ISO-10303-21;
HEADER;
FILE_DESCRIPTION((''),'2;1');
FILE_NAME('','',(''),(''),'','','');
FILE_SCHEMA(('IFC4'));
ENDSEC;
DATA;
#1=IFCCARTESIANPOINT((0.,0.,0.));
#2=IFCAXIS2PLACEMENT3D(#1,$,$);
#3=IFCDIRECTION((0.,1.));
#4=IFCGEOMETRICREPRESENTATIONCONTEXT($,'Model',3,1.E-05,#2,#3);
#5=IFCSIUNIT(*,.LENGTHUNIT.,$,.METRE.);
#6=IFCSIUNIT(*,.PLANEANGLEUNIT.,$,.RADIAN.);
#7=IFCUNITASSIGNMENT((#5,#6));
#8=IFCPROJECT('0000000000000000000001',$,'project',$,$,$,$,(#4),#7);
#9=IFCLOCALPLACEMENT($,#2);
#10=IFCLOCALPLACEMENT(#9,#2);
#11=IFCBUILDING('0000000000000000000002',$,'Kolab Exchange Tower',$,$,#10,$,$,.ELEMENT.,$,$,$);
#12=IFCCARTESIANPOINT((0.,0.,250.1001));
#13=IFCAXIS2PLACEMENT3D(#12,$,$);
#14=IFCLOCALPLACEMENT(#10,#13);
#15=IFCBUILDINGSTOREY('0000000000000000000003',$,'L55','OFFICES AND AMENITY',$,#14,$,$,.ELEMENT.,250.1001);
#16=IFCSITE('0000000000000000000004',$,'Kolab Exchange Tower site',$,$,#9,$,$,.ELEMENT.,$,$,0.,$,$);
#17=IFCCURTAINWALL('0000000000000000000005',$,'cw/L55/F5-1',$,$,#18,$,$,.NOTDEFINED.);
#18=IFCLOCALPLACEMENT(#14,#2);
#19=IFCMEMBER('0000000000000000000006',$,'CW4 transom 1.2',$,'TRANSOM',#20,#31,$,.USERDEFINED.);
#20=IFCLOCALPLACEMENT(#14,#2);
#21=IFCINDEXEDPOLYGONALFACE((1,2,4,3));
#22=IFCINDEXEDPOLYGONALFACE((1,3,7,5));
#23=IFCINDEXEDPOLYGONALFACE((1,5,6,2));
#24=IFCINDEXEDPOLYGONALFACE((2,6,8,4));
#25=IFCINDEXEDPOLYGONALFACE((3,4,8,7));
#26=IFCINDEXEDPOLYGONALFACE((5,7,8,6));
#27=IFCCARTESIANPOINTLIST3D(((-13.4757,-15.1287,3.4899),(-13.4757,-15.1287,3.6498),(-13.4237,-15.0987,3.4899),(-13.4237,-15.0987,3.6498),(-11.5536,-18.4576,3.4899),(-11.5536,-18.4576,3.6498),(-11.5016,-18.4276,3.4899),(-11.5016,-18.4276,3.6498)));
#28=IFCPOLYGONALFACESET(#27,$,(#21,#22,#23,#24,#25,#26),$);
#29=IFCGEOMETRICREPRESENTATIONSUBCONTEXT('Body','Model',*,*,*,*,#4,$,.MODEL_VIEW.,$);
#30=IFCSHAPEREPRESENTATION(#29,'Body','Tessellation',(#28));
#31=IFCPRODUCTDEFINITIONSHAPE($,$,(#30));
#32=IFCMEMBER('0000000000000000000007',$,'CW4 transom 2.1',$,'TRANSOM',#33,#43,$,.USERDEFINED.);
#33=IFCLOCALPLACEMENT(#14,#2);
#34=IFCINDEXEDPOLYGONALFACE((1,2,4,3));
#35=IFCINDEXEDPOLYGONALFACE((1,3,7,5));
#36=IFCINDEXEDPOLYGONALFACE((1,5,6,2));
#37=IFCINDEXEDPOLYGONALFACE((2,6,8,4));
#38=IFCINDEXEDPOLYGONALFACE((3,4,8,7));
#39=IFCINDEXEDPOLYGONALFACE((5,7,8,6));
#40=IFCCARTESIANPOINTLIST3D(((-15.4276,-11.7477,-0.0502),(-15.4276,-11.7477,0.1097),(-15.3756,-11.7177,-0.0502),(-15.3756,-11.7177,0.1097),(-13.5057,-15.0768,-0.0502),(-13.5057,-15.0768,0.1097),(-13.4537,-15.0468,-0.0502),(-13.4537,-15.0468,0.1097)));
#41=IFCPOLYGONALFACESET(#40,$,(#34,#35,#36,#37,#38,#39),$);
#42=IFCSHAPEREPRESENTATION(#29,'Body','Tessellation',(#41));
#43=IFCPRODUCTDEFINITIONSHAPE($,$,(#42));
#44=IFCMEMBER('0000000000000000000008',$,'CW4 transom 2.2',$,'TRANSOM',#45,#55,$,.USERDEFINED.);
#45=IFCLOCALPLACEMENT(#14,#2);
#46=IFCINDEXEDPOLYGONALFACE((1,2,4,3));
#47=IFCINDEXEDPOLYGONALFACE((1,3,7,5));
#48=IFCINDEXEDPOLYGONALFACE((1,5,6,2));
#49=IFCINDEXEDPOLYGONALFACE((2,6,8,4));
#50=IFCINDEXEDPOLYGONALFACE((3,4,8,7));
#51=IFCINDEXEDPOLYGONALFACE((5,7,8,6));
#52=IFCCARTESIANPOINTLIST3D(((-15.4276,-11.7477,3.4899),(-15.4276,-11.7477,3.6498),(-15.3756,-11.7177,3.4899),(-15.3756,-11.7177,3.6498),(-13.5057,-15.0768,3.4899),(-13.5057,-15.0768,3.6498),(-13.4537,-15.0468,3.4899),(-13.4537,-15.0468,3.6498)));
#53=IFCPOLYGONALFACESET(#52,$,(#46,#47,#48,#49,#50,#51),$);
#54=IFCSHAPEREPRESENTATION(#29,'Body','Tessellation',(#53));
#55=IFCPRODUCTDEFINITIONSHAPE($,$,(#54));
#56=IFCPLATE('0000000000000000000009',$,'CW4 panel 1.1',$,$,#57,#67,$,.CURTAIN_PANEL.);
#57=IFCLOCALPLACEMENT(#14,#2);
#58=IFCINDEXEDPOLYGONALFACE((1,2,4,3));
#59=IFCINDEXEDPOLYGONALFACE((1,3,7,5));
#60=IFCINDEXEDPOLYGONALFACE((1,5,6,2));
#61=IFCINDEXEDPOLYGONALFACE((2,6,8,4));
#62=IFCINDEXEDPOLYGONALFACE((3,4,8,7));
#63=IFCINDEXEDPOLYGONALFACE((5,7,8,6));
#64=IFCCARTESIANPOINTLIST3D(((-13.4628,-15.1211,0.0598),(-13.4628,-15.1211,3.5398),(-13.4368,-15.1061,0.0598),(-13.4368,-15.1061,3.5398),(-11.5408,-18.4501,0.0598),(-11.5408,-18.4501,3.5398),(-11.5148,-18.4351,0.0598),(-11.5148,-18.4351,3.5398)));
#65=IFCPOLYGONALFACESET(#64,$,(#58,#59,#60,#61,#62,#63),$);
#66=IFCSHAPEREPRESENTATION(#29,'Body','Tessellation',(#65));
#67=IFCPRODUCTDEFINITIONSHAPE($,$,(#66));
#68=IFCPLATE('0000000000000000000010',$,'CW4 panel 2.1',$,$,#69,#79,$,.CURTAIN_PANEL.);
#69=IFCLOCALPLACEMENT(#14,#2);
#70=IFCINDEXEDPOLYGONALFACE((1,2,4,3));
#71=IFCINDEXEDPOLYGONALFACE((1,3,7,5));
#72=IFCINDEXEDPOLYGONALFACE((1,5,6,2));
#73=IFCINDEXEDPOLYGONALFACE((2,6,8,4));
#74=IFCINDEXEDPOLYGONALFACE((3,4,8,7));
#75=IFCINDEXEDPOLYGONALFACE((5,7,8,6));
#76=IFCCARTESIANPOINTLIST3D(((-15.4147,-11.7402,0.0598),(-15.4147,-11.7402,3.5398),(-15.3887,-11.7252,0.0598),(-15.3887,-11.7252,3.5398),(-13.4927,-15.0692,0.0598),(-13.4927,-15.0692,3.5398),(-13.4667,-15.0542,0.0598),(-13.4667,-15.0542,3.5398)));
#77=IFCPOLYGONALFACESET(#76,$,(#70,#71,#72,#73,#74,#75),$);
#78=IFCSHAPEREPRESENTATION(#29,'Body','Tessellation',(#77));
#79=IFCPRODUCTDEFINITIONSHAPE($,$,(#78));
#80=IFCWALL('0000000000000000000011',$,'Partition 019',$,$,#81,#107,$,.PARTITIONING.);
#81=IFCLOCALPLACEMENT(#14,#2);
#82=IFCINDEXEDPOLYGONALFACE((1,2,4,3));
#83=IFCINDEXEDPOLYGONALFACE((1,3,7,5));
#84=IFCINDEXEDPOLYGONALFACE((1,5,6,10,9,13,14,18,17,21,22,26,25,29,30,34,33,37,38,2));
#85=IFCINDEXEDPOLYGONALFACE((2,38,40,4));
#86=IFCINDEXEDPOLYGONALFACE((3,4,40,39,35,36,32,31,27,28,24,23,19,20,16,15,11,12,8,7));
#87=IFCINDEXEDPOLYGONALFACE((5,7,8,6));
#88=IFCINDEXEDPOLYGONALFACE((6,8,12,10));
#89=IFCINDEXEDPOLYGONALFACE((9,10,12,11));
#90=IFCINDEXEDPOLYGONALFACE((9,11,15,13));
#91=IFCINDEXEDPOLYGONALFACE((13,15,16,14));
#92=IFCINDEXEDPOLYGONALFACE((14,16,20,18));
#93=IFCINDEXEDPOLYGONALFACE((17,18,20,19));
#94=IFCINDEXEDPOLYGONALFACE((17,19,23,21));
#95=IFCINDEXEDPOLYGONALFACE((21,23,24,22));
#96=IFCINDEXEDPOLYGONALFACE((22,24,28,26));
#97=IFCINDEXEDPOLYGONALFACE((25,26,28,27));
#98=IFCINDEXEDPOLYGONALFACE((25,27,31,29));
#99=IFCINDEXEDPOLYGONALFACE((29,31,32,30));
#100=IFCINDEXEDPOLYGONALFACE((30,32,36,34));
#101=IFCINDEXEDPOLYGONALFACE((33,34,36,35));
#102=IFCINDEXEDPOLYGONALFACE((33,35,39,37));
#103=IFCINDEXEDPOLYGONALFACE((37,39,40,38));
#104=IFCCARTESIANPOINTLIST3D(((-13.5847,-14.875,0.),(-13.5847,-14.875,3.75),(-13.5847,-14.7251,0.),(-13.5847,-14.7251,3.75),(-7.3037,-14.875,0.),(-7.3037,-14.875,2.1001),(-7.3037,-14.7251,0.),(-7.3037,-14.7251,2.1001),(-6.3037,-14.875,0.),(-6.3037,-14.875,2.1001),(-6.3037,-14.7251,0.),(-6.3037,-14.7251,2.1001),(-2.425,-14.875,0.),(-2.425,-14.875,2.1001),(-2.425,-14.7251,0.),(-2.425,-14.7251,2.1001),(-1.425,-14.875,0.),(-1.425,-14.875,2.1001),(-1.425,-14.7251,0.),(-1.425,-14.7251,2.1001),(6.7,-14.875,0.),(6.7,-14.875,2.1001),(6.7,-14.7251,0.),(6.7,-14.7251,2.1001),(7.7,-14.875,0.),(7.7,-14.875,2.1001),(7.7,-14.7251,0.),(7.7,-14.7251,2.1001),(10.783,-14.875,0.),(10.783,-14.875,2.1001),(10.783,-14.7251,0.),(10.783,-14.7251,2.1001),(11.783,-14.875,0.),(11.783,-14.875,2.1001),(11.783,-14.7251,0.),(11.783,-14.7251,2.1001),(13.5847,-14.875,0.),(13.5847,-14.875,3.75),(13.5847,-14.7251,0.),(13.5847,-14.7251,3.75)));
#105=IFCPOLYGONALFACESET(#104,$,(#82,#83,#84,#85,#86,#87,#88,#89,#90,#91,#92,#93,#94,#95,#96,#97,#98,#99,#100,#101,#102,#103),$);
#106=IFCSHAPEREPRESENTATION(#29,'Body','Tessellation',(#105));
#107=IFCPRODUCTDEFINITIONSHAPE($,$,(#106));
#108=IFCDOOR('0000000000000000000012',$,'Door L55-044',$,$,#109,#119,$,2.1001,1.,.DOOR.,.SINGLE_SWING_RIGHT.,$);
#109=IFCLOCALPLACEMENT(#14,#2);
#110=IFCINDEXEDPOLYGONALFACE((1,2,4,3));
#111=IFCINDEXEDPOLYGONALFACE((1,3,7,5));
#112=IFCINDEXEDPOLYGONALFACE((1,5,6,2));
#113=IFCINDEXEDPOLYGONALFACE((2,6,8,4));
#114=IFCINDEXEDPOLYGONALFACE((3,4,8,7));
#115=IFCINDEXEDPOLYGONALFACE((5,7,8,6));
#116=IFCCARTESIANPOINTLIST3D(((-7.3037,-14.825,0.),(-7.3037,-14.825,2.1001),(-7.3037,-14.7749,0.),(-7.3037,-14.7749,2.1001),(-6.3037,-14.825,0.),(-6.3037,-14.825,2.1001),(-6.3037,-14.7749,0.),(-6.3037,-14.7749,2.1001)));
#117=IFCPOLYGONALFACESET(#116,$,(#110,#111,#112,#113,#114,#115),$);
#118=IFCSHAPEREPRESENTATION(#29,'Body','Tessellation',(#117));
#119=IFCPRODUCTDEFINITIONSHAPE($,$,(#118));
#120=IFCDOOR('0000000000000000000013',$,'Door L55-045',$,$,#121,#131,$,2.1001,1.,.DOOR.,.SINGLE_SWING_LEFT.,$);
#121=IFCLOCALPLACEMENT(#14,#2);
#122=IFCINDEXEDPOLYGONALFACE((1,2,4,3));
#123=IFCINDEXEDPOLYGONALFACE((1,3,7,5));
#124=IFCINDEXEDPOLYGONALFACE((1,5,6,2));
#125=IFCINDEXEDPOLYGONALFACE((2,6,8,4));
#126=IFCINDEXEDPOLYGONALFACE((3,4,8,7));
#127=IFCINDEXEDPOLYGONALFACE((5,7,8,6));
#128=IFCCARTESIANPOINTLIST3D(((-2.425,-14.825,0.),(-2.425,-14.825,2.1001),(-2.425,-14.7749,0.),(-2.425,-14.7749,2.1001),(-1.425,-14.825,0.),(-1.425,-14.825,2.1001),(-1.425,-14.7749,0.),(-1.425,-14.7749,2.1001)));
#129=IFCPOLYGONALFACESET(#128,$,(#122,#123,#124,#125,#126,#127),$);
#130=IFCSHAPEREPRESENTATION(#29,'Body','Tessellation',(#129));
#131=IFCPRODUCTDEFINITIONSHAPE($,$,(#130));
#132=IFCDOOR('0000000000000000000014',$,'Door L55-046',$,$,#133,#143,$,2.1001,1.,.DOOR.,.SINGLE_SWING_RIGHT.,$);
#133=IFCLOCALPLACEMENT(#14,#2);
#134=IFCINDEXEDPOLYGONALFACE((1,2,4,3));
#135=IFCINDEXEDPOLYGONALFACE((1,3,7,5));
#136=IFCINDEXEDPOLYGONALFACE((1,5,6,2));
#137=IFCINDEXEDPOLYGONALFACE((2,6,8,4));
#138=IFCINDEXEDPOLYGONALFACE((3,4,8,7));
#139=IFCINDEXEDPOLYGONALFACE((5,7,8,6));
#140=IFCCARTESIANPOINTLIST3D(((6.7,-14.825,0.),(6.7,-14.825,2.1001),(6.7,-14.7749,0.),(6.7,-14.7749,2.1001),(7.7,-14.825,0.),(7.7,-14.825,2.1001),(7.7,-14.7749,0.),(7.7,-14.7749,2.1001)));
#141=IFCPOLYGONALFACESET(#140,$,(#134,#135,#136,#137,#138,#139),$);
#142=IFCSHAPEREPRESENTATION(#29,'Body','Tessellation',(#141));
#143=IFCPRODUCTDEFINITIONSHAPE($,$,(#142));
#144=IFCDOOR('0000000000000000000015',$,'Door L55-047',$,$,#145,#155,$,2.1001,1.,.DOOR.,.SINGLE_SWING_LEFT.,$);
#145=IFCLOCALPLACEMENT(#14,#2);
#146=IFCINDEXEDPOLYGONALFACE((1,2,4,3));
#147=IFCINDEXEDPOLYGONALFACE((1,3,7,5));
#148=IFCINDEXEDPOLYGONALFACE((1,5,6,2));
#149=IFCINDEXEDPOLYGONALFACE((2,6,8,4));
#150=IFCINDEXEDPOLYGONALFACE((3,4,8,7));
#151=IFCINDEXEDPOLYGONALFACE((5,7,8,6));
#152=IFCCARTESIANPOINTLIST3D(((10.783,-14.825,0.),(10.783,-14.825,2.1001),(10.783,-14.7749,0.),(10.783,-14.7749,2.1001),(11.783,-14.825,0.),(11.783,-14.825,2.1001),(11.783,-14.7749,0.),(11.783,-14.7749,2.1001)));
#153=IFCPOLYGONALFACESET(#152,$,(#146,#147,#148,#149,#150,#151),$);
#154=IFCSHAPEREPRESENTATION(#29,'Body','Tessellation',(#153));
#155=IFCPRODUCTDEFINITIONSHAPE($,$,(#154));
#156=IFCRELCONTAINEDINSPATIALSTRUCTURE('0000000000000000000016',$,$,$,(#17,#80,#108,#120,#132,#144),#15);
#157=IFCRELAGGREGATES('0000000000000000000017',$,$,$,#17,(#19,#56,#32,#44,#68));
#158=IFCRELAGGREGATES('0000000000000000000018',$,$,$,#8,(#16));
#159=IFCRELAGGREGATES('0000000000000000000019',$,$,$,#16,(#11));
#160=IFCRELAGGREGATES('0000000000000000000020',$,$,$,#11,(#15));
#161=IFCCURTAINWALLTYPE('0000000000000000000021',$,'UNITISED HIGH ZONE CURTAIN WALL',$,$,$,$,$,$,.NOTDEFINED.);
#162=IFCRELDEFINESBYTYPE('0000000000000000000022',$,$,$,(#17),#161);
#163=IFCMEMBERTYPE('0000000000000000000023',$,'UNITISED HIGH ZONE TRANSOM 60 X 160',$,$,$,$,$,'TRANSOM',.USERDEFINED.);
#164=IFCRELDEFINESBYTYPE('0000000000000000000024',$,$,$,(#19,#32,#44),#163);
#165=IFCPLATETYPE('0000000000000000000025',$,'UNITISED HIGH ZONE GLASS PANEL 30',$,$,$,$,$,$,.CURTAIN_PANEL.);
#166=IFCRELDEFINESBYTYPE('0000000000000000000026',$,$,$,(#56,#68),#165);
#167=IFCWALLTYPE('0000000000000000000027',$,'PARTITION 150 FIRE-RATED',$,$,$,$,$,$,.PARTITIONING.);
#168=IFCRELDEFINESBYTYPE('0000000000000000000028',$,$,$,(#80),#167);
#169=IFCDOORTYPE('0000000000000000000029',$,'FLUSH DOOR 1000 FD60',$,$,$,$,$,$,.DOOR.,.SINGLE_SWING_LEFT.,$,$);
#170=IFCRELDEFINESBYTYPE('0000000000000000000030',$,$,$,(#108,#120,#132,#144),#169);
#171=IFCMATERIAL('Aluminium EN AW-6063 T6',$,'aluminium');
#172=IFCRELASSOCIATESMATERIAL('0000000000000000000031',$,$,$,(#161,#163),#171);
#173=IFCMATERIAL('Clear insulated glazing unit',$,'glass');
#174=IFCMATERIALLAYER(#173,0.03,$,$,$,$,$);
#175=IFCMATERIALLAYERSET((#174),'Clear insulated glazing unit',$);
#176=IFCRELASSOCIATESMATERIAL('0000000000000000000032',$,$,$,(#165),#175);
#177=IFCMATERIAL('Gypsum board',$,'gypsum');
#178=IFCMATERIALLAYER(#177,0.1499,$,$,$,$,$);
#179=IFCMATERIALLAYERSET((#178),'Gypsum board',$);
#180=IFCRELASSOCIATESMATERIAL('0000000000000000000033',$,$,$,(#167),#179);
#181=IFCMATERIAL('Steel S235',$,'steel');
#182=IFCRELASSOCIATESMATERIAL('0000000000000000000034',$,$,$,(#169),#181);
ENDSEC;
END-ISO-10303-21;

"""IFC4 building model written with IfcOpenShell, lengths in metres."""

from ifc_helpers import new_model, si_unit, direction, frame, frame_2d, origin, origin_2d, place, context, subcontext, project, spatial, rectangle, extrude, material, layer, layer_set, material_profile, profile_set, type_object, element, fill, aggregate, save


model = new_model("IFC4")

# Units and contexts
model_context = context("Model", 3, precision=1e-05, world=origin(), true_north=direction((0.0, 1.0)))
body_context = subcontext(model_context, "Body", "Model", "MODEL_VIEW")
ifc_project = project(units=[si_unit("LENGTHUNIT", "METRE"), si_unit("PLANEANGLEUNIT", "RADIAN")], contexts=[model_context])

# Site, building, storey
site_placement = place(None, origin())
site = spatial("IfcSite", under=ifc_project, at=site_placement, Name="Kolab Exchange Tower site", CompositionType="ELEMENT", RefElevation=0.0)
building_placement = place(site_placement, origin())
building = spatial("IfcBuilding", under=site, at=building_placement, Name="Kolab Exchange Tower", CompositionType="ELEMENT")
storey_placement = place(building_placement, frame((0.0, 0.0, 250.1001)))
storey = spatial("IfcBuildingStorey", under=building, at=storey_placement, Name="L55", Description="OFFICES AND AMENITY", CompositionType="ELEMENT", Elevation=250.1001)

# Curtain wall
ifc_material_1 = material(Name="Aluminium EN AW-6063 T6", Category="aluminium")
curtain_wall_type = type_object("IfcCurtainWallType", Name="UNITISED HIGH ZONE CURTAIN WALL", PredefinedType="NOTDEFINED", material=ifc_material_1)
curtain_wall_1_placement = place(storey_placement, origin())
curtain_wall_1 = element("IfcCurtainWall", 1, at=curtain_wall_1_placement, inside=storey, type_object=curtain_wall_type, Name="cw/L55/F5-1", PredefinedType="NOTDEFINED")

# Members
ifc_material_profile_1 = material_profile(ifc_material_1, rectangle(XDim=0.0601, YDim=0.1599, at=origin_2d()), Name="RECT 60X160")
ifc_profile_set_1 = profile_set([ifc_material_profile_1], Name="Aluminium EN AW-6063 T6")
member_type_1 = type_object("IfcMemberType", Name="UNITISED HIGH ZONE TRANSOM 60 X 160", ElementType="TRANSOM", PredefinedType="USERDEFINED", material=ifc_profile_set_1)
member_1_placement = place(storey_placement, frame((-11.5276, -18.4426, 3.5698), z_axis=(-0.500039, 0.866003, 0.0), x_axis=(-0.866003, -0.500039, 0.0)))
member_1 = element("IfcMember", 2, at=member_1_placement, type_object=member_type_1, Name="CW4 transom 1.2", ObjectType="TRANSOM", PredefinedType="USERDEFINED", context=body_context, shape_type="SweptSolid", body=[
    extrude(rectangle(XDim=0.0601, YDim=0.1599, at=origin_2d()), origin(), (0.0, 0.0, 1.0), 3.844),
])
member_2_placement = place(storey_placement, frame((-13.4797, -15.0618, 0.0298), z_axis=(-0.499964, 0.866046, 0.0), x_axis=(-0.866046, -0.499964, 0.0)))
member_2 = element("IfcMember", 3, at=member_2_placement, type_object=member_type_1, Name="CW4 transom 2.1", ObjectType="TRANSOM", PredefinedType="USERDEFINED", context=body_context, shape_type="SweptSolid", body=[
    extrude(rectangle(XDim=0.0601, YDim=0.1599, at=origin_2d()), origin(), (0.0, 0.0, 1.0), 3.844),
])
member_3_placement = place(storey_placement, frame((-13.4797, -15.0618, 3.5698), z_axis=(-0.499964, 0.866046, 0.0), x_axis=(-0.866046, -0.499964, 0.0)))
member_3 = element("IfcMember", 4, at=member_3_placement, type_object=member_type_1, Name="CW4 transom 2.2", ObjectType="TRANSOM", PredefinedType="USERDEFINED", context=body_context, shape_type="SweptSolid", body=[
    extrude(rectangle(XDim=0.0601, YDim=0.1599, at=origin_2d()), origin(), (0.0, 0.0, 1.0), 3.844),
])

# Plates
ifc_material_2 = material(Name="Clear insulated glazing unit", Category="glass")
ifc_layer_1 = layer(ifc_material_2, 0.03)
ifc_layer_set_1 = layer_set([ifc_layer_1], Name="Clear insulated glazing unit")
plate_type = type_object("IfcPlateType", Name="UNITISED HIGH ZONE GLASS PANEL 30", PredefinedType="CURTAIN_PANEL", material=ifc_layer_set_1)
plate_1_placement = place(storey_placement, frame((-12.4888, -16.7781, 0.0598), z_axis=(0.0, 0.0, 1.0), x_axis=(-0.5, 0.866025, 0.0)))
plate_1 = element("IfcPlate", 5, at=plate_1_placement, type_object=plate_type, Name="CW4 panel 1.1", PredefinedType="CURTAIN_PANEL", context=body_context, shape_type="SweptSolid", body=[
    extrude(rectangle(XDim=3.844, YDim=0.03, at=origin_2d()), origin(), (0.0, 0.0, 1.0), 3.48),
])
plate_2_placement = place(storey_placement, frame((-14.4407, -13.3972, 0.0598), z_axis=(0.0, 0.0, 1.0), x_axis=(-0.5, 0.866025, 0.0)))
plate_2 = element("IfcPlate", 6, at=plate_2_placement, type_object=plate_type, Name="CW4 panel 2.1", PredefinedType="CURTAIN_PANEL", context=body_context, shape_type="SweptSolid", body=[
    extrude(rectangle(XDim=3.844, YDim=0.03, at=origin_2d()), origin(), (0.0, 0.0, 1.0), 3.48),
])
aggregate(curtain_wall_1, [member_1, plate_1, member_2, member_3, plate_2])

# Wall, openings, doors
ifc_material_3 = material(Name="Gypsum board", Category="gypsum")
ifc_layer_2 = layer(ifc_material_3, 0.1499)
ifc_layer_set_2 = layer_set([ifc_layer_2], Name="Gypsum board")
wall_type_1 = type_object("IfcWallType", Name="PARTITION 150 FIRE-RATED", PredefinedType="PARTITIONING", material=ifc_layer_set_2)
wall_1_placement = place(storey_placement, frame((-13.5847, -14.8, 0.0), z_axis=(0.0, 0.0, 1.0), x_axis=(1.0, 0.0, 0.0)))
wall_1 = element("IfcWall", 7, at=wall_1_placement, inside=storey, type_object=wall_type_1, Name="Partition 019", PredefinedType="PARTITIONING", context=body_context, shape_type="SweptSolid", body=[
    extrude(rectangle(XDim=27.1694, YDim=0.1499, at=frame_2d((13.5847, 0.0))), origin(), (0.0, 0.0, 1.0), 3.75),
])
opening_1_placement = place(wall_1_placement, frame((6.281, 0.0, 0.0)))
opening_1 = element("IfcOpeningElement", 8, at=opening_1_placement, cuts=wall_1, PredefinedType="OPENING", context=body_context, shape_type="SweptSolid", body=[
    extrude(rectangle(XDim=1.0, YDim=2.1001, at=frame_2d((0.5, 1.05))), frame((0.0, 0.085, 0.0), z_axis=(0.0, -1.0, 0.0), x_axis=(1.0, 0.0, 0.0)), (0.0, 0.0, 1.0), 0.1699),
])
opening_2_placement = place(wall_1_placement, frame((11.1597, 0.0, 0.0)))
opening_2 = element("IfcOpeningElement", 9, at=opening_2_placement, cuts=wall_1, PredefinedType="OPENING", context=body_context, shape_type="SweptSolid", body=[
    extrude(rectangle(XDim=1.0, YDim=2.1001, at=frame_2d((0.5, 1.05))), frame((0.0, 0.085, 0.0), z_axis=(0.0, -1.0, 0.0), x_axis=(1.0, 0.0, 0.0)), (0.0, 0.0, 1.0), 0.1699),
])
opening_3_placement = place(wall_1_placement, frame((20.2847, 0.0, 0.0)))
opening_3 = element("IfcOpeningElement", 10, at=opening_3_placement, cuts=wall_1, PredefinedType="OPENING", context=body_context, shape_type="SweptSolid", body=[
    extrude(rectangle(XDim=1.0, YDim=2.1001, at=frame_2d((0.5, 1.05))), frame((0.0, 0.085, 0.0), z_axis=(0.0, -1.0, 0.0), x_axis=(1.0, 0.0, 0.0)), (0.0, 0.0, 1.0), 0.1699),
])
opening_4_placement = place(wall_1_placement, frame((24.3677, 0.0, 0.0)))
opening_4 = element("IfcOpeningElement", 11, at=opening_4_placement, cuts=wall_1, PredefinedType="OPENING", context=body_context, shape_type="SweptSolid", body=[
    extrude(rectangle(XDim=1.0, YDim=2.1001, at=frame_2d((0.5, 1.05))), frame((0.0, 0.085, 0.0), z_axis=(0.0, -1.0, 0.0), x_axis=(1.0, 0.0, 0.0)), (0.0, 0.0, 1.0), 0.1699),
])
ifc_material_4 = material(Name="Steel S235", Category="steel")
door_type_1 = type_object("IfcDoorType", Name="FLUSH DOOR 1000 FD60", OperationType="SINGLE_SWING_LEFT", PredefinedType="DOOR", material=ifc_material_4)
door_1_placement = place(opening_1_placement, frame((1.0, 0.0, 0.0), z_axis=(0.0, 0.0, 1.0), x_axis=(-1.0, 0.0, 0.0)))
door_1 = element("IfcDoor", 12, at=door_1_placement, inside=storey, type_object=door_type_1, Name="Door L55-044", OperationType="SINGLE_SWING_RIGHT", OverallHeight=2.1001, OverallWidth=1.0, PredefinedType="DOOR", context=body_context, shape_type="SweptSolid", body=[
    extrude(rectangle(XDim=1.0, YDim=2.1001, at=frame_2d((0.5, 1.05))), frame((0.0, 0.0249, 0.0), z_axis=(0.0, -1.0, 0.0), x_axis=(1.0, 0.0, 0.0)), (0.0, 0.0, 1.0), 0.05),
])
fill(opening_1, door_1)
door_2_placement = place(opening_2_placement, frame((1.0, 0.0, 0.0), z_axis=(0.0, 0.0, 1.0), x_axis=(-1.0, 0.0, 0.0)))
door_2 = element("IfcDoor", 13, at=door_2_placement, inside=storey, type_object=door_type_1, Name="Door L55-045", OperationType="SINGLE_SWING_LEFT", OverallHeight=2.1001, OverallWidth=1.0, PredefinedType="DOOR", context=body_context, shape_type="SweptSolid", body=[
    extrude(rectangle(XDim=1.0, YDim=2.1001, at=frame_2d((0.5, 1.05))), frame((0.0, 0.0249, 0.0), z_axis=(0.0, -1.0, 0.0), x_axis=(1.0, 0.0, 0.0)), (0.0, 0.0, 1.0), 0.05),
])
fill(opening_2, door_2)
door_3_placement = place(opening_3_placement, frame((1.0, 0.0, 0.0), z_axis=(0.0, 0.0, 1.0), x_axis=(-1.0, 0.0, 0.0)))
door_3 = element("IfcDoor", 14, at=door_3_placement, inside=storey, type_object=door_type_1, Name="Door L55-046", OperationType="SINGLE_SWING_RIGHT", OverallHeight=2.1001, OverallWidth=1.0, PredefinedType="DOOR", context=body_context, shape_type="SweptSolid", body=[
    extrude(rectangle(XDim=1.0, YDim=2.1001, at=frame_2d((0.5, 1.05))), frame((0.0, 0.0249, 0.0), z_axis=(0.0, -1.0, 0.0), x_axis=(1.0, 0.0, 0.0)), (0.0, 0.0, 1.0), 0.05),
])
fill(opening_3, door_3)
door_4_placement = place(opening_4_placement, frame((1.0, 0.0, 0.0), z_axis=(0.0, 0.0, 1.0), x_axis=(-1.0, 0.0, 0.0)))
door_4 = element("IfcDoor", 15, at=door_4_placement, inside=storey, type_object=door_type_1, Name="Door L55-047", OperationType="SINGLE_SWING_LEFT", OverallHeight=2.1001, OverallWidth=1.0, PredefinedType="DOOR", context=body_context, shape_type="SweptSolid", body=[
    extrude(rectangle(XDim=1.0, YDim=2.1001, at=frame_2d((0.5, 1.05))), frame((0.0, 0.0249, 0.0), z_axis=(0.0, -1.0, 0.0), x_axis=(1.0, 0.0, 0.0)), (0.0, 0.0, 1.0), 0.05),
])
fill(opening_4, door_4)

save(model, "model.ifc")
